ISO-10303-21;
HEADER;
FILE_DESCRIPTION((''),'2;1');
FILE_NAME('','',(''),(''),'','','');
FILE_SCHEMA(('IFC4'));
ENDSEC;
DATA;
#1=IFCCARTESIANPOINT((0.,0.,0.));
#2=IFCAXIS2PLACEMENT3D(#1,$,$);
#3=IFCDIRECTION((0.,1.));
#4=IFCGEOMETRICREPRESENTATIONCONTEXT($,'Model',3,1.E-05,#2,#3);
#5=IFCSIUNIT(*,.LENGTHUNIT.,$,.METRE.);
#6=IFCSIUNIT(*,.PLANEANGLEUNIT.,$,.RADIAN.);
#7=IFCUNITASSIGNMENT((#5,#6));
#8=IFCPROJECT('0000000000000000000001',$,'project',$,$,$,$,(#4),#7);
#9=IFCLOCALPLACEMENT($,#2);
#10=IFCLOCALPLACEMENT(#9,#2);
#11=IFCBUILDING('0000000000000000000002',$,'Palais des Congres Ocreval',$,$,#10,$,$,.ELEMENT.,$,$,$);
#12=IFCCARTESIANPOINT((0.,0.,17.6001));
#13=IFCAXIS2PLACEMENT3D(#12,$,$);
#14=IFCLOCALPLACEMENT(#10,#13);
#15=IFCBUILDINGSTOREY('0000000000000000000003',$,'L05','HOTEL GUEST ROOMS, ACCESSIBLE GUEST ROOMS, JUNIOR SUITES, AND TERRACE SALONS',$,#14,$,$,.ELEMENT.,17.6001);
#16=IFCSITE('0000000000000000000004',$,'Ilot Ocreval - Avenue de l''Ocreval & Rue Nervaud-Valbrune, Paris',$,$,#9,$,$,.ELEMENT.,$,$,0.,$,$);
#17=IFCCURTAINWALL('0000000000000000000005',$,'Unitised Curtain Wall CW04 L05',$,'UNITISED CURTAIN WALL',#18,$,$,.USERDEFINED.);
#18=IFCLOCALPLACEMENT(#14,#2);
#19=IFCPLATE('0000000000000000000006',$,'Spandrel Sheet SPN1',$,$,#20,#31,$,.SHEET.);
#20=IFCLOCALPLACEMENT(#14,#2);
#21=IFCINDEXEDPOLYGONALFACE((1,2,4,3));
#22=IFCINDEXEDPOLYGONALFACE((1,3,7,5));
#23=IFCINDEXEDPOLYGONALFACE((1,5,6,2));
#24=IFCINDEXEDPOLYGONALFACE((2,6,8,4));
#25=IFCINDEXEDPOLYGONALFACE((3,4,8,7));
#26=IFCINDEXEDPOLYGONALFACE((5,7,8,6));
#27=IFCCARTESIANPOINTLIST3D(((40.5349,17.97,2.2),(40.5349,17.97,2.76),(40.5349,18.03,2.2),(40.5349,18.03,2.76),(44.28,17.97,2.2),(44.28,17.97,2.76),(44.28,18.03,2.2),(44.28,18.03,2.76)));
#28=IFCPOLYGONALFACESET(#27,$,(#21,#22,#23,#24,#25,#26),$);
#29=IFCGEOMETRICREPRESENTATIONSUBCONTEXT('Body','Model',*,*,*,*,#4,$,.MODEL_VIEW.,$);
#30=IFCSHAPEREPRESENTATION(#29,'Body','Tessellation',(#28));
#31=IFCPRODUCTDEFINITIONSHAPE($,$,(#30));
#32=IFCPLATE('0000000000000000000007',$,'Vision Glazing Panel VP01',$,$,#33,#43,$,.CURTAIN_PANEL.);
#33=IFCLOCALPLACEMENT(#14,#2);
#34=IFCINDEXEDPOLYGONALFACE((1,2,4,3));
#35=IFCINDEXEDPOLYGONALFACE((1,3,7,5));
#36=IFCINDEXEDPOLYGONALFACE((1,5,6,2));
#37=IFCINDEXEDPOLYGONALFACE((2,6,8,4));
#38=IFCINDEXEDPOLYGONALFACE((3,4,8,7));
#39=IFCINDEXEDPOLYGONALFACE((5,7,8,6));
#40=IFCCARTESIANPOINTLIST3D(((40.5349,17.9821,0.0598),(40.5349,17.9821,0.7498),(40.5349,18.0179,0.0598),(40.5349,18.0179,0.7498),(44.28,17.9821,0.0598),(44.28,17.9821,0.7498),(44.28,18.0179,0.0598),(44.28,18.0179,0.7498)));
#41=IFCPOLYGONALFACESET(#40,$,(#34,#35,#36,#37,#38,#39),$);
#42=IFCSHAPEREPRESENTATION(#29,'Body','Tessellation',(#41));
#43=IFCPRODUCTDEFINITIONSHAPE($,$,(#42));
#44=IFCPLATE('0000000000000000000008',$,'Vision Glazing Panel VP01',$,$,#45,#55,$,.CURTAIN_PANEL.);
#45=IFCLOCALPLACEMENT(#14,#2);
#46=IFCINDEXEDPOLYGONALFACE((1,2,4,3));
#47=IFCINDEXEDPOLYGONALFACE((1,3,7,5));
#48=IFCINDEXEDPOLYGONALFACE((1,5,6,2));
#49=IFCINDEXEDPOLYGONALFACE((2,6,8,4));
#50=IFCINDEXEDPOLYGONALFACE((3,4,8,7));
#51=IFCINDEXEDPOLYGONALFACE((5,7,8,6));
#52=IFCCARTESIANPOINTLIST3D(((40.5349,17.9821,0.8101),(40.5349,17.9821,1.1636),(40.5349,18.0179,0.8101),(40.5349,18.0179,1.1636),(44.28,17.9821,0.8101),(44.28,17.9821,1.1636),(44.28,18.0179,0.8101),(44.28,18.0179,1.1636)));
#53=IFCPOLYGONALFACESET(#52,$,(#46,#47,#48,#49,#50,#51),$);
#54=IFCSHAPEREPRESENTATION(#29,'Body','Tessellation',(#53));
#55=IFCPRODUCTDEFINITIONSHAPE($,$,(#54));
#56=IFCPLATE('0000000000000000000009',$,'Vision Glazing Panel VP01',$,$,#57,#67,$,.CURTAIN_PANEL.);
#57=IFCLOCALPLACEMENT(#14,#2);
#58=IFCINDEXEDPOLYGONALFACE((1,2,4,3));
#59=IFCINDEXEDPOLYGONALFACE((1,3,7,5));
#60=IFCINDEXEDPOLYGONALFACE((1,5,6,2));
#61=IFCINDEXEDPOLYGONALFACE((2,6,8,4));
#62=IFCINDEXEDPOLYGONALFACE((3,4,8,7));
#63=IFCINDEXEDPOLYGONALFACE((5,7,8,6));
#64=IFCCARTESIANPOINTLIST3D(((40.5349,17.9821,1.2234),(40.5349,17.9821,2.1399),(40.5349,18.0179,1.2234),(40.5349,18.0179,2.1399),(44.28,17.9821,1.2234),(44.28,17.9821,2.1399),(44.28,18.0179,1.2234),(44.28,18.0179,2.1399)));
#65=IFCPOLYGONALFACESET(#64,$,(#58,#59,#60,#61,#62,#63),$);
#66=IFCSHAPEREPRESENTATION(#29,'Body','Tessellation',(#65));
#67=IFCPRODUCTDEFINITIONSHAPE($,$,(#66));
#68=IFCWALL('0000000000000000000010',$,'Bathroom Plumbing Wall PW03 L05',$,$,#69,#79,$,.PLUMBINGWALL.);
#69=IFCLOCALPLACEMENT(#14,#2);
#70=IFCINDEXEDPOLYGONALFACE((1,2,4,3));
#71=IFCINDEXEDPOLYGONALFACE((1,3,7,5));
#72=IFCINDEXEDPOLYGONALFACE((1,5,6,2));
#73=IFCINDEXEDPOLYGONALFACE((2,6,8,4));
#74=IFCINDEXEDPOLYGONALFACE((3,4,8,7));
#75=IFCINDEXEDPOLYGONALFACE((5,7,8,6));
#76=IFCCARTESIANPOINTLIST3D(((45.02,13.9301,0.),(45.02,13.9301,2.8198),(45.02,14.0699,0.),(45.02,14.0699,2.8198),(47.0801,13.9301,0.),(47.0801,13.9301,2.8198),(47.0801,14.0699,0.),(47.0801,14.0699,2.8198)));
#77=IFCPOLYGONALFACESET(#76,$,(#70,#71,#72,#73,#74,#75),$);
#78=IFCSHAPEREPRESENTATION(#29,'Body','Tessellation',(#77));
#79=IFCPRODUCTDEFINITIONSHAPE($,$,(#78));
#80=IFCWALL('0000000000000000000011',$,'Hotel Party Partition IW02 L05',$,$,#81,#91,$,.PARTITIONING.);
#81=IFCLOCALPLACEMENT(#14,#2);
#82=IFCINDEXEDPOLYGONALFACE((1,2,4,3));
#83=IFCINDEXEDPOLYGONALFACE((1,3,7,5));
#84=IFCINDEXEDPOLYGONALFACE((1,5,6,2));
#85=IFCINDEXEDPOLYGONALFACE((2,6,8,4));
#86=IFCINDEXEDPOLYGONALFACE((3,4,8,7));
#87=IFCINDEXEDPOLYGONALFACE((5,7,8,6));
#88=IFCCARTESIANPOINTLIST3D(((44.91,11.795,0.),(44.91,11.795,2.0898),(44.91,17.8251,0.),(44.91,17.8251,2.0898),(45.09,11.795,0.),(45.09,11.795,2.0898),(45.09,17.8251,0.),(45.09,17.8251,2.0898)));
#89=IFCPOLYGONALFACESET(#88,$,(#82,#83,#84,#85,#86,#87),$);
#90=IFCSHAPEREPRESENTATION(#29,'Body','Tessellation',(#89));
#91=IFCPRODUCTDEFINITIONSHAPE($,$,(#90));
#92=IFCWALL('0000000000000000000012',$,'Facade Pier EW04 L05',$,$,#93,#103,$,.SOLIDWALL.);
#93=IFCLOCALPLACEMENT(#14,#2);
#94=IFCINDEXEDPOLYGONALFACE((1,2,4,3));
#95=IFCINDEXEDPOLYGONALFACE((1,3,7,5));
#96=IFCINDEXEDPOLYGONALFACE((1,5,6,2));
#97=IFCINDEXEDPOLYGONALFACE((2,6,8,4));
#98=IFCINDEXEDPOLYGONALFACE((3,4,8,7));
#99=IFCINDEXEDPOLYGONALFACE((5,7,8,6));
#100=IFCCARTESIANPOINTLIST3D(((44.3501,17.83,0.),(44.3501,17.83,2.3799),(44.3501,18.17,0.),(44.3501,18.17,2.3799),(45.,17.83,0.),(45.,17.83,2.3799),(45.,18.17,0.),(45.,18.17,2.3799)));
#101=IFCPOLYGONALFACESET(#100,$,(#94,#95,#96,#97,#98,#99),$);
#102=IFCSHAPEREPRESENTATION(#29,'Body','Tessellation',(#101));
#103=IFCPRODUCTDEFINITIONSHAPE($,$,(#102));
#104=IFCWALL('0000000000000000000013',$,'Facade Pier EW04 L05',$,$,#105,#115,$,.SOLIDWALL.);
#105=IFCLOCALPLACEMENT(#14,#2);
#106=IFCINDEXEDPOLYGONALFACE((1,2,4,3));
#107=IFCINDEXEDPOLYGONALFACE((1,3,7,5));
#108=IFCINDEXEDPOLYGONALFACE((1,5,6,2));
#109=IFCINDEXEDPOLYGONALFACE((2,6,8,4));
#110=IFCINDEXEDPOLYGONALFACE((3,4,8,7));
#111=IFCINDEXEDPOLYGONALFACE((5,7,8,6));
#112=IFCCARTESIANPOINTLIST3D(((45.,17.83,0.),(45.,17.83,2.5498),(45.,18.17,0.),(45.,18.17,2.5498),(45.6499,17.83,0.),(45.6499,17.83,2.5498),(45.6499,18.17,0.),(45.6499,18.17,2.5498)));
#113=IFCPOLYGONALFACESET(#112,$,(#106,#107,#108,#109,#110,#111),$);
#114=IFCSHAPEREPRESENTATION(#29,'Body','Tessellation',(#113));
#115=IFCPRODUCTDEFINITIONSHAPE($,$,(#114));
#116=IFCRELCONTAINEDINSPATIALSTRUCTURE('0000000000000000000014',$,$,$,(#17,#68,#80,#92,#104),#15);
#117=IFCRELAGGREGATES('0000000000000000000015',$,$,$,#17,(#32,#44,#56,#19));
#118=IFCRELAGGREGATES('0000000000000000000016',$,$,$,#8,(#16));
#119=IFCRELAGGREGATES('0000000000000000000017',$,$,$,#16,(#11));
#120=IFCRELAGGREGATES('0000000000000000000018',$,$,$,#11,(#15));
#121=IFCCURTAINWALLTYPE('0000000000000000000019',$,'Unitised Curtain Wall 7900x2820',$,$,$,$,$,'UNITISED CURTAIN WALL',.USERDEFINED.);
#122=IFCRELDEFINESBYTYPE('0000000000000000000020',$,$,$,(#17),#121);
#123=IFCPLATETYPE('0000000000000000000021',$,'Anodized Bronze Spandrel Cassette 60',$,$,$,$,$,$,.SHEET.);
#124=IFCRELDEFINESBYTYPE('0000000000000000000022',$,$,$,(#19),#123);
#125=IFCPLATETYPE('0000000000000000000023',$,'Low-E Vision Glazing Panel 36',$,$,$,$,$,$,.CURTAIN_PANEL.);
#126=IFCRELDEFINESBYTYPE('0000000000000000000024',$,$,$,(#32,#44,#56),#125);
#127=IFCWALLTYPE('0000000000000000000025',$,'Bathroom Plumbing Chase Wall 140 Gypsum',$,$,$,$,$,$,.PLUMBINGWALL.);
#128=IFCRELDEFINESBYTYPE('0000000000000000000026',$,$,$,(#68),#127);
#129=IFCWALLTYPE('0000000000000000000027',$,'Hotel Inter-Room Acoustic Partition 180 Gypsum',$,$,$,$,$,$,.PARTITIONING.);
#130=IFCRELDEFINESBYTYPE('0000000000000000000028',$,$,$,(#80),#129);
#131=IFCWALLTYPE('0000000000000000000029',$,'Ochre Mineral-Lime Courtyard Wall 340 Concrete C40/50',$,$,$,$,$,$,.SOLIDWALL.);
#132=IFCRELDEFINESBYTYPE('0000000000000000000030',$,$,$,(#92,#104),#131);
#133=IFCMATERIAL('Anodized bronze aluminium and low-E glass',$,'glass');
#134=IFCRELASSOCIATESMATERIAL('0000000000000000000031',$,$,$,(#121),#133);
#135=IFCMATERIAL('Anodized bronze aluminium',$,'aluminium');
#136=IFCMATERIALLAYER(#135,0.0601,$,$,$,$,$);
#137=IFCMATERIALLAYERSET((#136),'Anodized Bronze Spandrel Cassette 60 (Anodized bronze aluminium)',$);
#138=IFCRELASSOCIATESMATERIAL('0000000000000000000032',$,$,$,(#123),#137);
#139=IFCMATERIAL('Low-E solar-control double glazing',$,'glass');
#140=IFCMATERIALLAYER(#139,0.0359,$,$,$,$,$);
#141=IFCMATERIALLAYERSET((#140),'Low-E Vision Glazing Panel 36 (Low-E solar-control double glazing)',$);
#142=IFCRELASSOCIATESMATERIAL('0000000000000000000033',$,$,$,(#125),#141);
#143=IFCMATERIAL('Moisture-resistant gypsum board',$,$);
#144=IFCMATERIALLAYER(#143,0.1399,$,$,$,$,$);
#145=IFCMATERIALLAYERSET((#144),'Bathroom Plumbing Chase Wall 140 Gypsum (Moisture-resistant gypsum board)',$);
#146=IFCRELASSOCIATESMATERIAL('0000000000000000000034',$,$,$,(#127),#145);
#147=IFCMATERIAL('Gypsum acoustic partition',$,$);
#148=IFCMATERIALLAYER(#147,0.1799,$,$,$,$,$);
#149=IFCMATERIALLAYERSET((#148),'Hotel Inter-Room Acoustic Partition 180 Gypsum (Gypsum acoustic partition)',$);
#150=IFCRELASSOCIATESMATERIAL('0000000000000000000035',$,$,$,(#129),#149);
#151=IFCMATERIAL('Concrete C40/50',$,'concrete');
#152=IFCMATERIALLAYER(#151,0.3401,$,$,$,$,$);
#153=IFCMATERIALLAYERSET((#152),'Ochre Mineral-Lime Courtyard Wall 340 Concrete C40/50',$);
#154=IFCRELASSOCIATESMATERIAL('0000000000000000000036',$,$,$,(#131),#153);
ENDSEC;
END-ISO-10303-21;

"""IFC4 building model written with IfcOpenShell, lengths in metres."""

from ifc_helpers import new_model, si_unit, direction, frame, frame_2d, origin, origin_2d, place, context, subcontext, project, spatial, rectangle, extrude, material, layer, layer_set, type_object, element, aggregate, save


model = new_model("IFC4")

# Units and contexts
model_context = context("Model", 3, precision=1e-05, world=origin(), true_north=direction((0.0, 1.0)))
body_context = subcontext(model_context, "Body", "Model", "MODEL_VIEW")
ifc_project = project(units=[si_unit("LENGTHUNIT", "METRE"), si_unit("PLANEANGLEUNIT", "RADIAN")], contexts=[model_context])

# Site, building, storey
site_placement = place(None, origin())
site = spatial("IfcSite", under=ifc_project, at=site_placement, Name="Ilot Ocreval - Avenue de l'Ocreval & Rue Nervaud-Valbrune, Paris", CompositionType="ELEMENT", RefElevation=0.0)
building_placement = place(site_placement, origin())
building = spatial("IfcBuilding", under=site, at=building_placement, Name="Palais des Congres Ocreval", CompositionType="ELEMENT")
storey_placement = place(building_placement, frame((0.0, 0.0, 17.6001)))
storey = spatial("IfcBuildingStorey", under=building, at=storey_placement, Name="L05", Description="HOTEL GUEST ROOMS, ACCESSIBLE GUEST ROOMS, JUNIOR SUITES, AND TERRACE SALONS", CompositionType="ELEMENT", Elevation=17.6001)

# Shared definitions
ifc_material_1 = material(Name="Concrete C40/50", Category="concrete")

# Shared definitions
ifc_material_2 = material(Name="Anodized bronze aluminium and low-E glass", Category="glass")
curtain_wall_type = type_object("IfcCurtainWallType", Name="Unitised Curtain Wall 7900x2820", ElementType="UNITISED CURTAIN WALL", PredefinedType="USERDEFINED", material=ifc_material_2)
ifc_material_3 = material(Name="Anodized bronze aluminium", Category="aluminium")

# Curtain wall
curtain_wall_1_placement = place(storey_placement, origin())
curtain_wall_1 = element("IfcCurtainWall", 1, at=curtain_wall_1_placement, inside=storey, type_object=curtain_wall_type, Name="Unitised Curtain Wall CW04 L05", ObjectType="UNITISED CURTAIN WALL", PredefinedType="USERDEFINED")

# Plates
ifc_layer_1 = layer(ifc_material_3, 0.0601)
ifc_layer_set_1 = layer_set([ifc_layer_1], Name="Anodized Bronze Spandrel Cassette 60 (Anodized bronze aluminium)")
plate_type_1 = type_object("IfcPlateType", Name="Anodized Bronze Spandrel Cassette 60", PredefinedType="SHEET", material=ifc_layer_set_1)
plate_1_placement = place(storey_placement, frame((42.4075, 18.0, 2.2), z_axis=(0.0, 0.0, 1.0), x_axis=(1.0, 0.0, 0.0)))
plate_1 = element("IfcPlate", 2, at=plate_1_placement, type_object=plate_type_1, Name="Spandrel Sheet SPN1", PredefinedType="SHEET", context=body_context, shape_type="SweptSolid", body=[
    extrude(rectangle(XDim=3.7451, YDim=0.0601, at=origin_2d()), origin(), (0.0, 0.0, 1.0), 0.5601),
])
ifc_material_4 = material(Name="Low-E solar-control double glazing", Category="glass")
ifc_layer_2 = layer(ifc_material_4, 0.0359)
ifc_layer_set_2 = layer_set([ifc_layer_2], Name="Low-E Vision Glazing Panel 36 (Low-E solar-control double glazing)")
plate_type_2 = type_object("IfcPlateType", Name="Low-E Vision Glazing Panel 36", PredefinedType="CURTAIN_PANEL", material=ifc_layer_set_2)
plate_2_placement = place(storey_placement, frame((42.4075, 18.0, 0.0598), z_axis=(0.0, 0.0, 1.0), x_axis=(1.0, 0.0, 0.0)))
plate_2 = element("IfcPlate", 3, at=plate_2_placement, type_object=plate_type_2, Name="Vision Glazing Panel VP01", PredefinedType="CURTAIN_PANEL", context=body_context, shape_type="SweptSolid", body=[
    extrude(rectangle(XDim=3.7451, YDim=0.0359, at=origin_2d()), origin(), (0.0, 0.0, 1.0), 0.6899),
])
plate_3_placement = place(storey_placement, frame((42.4075, 18.0, 0.8101), z_axis=(0.0, 0.0, 1.0), x_axis=(1.0, 0.0, 0.0)))
plate_3 = element("IfcPlate", 4, at=plate_3_placement, type_object=plate_type_2, Name="Vision Glazing Panel VP01", PredefinedType="CURTAIN_PANEL", context=body_context, shape_type="SweptSolid", body=[
    extrude(rectangle(XDim=3.7451, YDim=0.0359, at=origin_2d()), origin(), (0.0, 0.0, 1.0), 0.3535),
])
plate_4_placement = place(storey_placement, frame((42.4075, 18.0, 1.2234), z_axis=(0.0, 0.0, 1.0), x_axis=(1.0, 0.0, 0.0)))
plate_4 = element("IfcPlate", 5, at=plate_4_placement, type_object=plate_type_2, Name="Vision Glazing Panel VP01", PredefinedType="CURTAIN_PANEL", context=body_context, shape_type="SweptSolid", body=[
    extrude(rectangle(XDim=3.7451, YDim=0.0359, at=origin_2d()), origin(), (0.0, 0.0, 1.0), 0.9165),
])
aggregate(curtain_wall_1, [plate_2, plate_3, plate_4, plate_1])

# Walls
ifc_material_5 = material(Name="Moisture-resistant gypsum board")
ifc_layer_3 = layer(ifc_material_5, 0.1399)
ifc_layer_set_3 = layer_set([ifc_layer_3], Name="Bathroom Plumbing Chase Wall 140 Gypsum (Moisture-resistant gypsum board)")
wall_type_1 = type_object("IfcWallType", Name="Bathroom Plumbing Chase Wall 140 Gypsum", PredefinedType="PLUMBINGWALL", material=ifc_layer_set_3)
wall_1_placement = place(storey_placement, frame((45.02, 14.0, 0.0), z_axis=(0.0, 0.0, 1.0), x_axis=(1.0, 0.0, 0.0)))
element("IfcWall", 6, at=wall_1_placement, inside=storey, type_object=wall_type_1, Name="Bathroom Plumbing Wall PW03 L05", PredefinedType="PLUMBINGWALL", context=body_context, shape_type="SweptSolid", body=[
    extrude(rectangle(XDim=2.0601, YDim=0.1399, at=frame_2d((1.03, 0.0))), origin(), (0.0, 0.0, 1.0), 2.8198),
])
ifc_material_6 = material(Name="Gypsum acoustic partition")
ifc_layer_4 = layer(ifc_material_6, 0.1799)
ifc_layer_set_4 = layer_set([ifc_layer_4], Name="Hotel Inter-Room Acoustic Partition 180 Gypsum (Gypsum acoustic partition)")
wall_type_2 = type_object("IfcWallType", Name="Hotel Inter-Room Acoustic Partition 180 Gypsum", PredefinedType="PARTITIONING", material=ifc_layer_set_4)
wall_2_placement = place(storey_placement, frame((45.0, 11.7949, 0.0), z_axis=(0.0, 0.0, 1.0), x_axis=(0.0, 1.0, 0.0)))
element("IfcWall", 7, at=wall_2_placement, inside=storey, type_object=wall_type_2, Name="Hotel Party Partition IW02 L05", PredefinedType="PARTITIONING", context=body_context, shape_type="SweptSolid", body=[
    extrude(rectangle(XDim=6.03, YDim=0.1799, at=frame_2d((3.0151, 0.0))), origin(), (0.0, 0.0, 1.0), 2.0898),
])
ifc_layer_5 = layer(ifc_material_1, 0.3401)
ifc_layer_set_5 = layer_set([ifc_layer_5], Name="Ochre Mineral-Lime Courtyard Wall 340 Concrete C40/50")
wall_type_3 = type_object("IfcWallType", Name="Ochre Mineral-Lime Courtyard Wall 340 Concrete C40/50", PredefinedType="SOLIDWALL", material=ifc_layer_set_5)
wall_3_placement = place(storey_placement, frame((44.3501, 18.0, 0.0), z_axis=(0.0, 0.0, 1.0), x_axis=(1.0, 0.0, 0.0)))
element("IfcWall", 8, at=wall_3_placement, inside=storey, type_object=wall_type_3, Name="Facade Pier EW04 L05", PredefinedType="SOLIDWALL", context=body_context, shape_type="SweptSolid", body=[
    extrude(rectangle(XDim=0.6499, YDim=0.3401, at=frame_2d((0.325, 0.0))), origin(), (0.0, 0.0, 1.0), 2.3799),
])
wall_4_placement = place(storey_placement, frame((45.0, 18.0, 0.0), z_axis=(0.0, 0.0, 1.0), x_axis=(1.0, 0.0, 0.0)))
element("IfcWall", 9, at=wall_4_placement, inside=storey, type_object=wall_type_3, Name="Facade Pier EW04 L05", PredefinedType="SOLIDWALL", context=body_context, shape_type="SweptSolid", body=[
    extrude(rectangle(XDim=0.6499, YDim=0.3401, at=frame_2d((0.325, 0.0))), origin(), (0.0, 0.0, 1.0), 2.5498),
])

save(model, "model.ifc")
